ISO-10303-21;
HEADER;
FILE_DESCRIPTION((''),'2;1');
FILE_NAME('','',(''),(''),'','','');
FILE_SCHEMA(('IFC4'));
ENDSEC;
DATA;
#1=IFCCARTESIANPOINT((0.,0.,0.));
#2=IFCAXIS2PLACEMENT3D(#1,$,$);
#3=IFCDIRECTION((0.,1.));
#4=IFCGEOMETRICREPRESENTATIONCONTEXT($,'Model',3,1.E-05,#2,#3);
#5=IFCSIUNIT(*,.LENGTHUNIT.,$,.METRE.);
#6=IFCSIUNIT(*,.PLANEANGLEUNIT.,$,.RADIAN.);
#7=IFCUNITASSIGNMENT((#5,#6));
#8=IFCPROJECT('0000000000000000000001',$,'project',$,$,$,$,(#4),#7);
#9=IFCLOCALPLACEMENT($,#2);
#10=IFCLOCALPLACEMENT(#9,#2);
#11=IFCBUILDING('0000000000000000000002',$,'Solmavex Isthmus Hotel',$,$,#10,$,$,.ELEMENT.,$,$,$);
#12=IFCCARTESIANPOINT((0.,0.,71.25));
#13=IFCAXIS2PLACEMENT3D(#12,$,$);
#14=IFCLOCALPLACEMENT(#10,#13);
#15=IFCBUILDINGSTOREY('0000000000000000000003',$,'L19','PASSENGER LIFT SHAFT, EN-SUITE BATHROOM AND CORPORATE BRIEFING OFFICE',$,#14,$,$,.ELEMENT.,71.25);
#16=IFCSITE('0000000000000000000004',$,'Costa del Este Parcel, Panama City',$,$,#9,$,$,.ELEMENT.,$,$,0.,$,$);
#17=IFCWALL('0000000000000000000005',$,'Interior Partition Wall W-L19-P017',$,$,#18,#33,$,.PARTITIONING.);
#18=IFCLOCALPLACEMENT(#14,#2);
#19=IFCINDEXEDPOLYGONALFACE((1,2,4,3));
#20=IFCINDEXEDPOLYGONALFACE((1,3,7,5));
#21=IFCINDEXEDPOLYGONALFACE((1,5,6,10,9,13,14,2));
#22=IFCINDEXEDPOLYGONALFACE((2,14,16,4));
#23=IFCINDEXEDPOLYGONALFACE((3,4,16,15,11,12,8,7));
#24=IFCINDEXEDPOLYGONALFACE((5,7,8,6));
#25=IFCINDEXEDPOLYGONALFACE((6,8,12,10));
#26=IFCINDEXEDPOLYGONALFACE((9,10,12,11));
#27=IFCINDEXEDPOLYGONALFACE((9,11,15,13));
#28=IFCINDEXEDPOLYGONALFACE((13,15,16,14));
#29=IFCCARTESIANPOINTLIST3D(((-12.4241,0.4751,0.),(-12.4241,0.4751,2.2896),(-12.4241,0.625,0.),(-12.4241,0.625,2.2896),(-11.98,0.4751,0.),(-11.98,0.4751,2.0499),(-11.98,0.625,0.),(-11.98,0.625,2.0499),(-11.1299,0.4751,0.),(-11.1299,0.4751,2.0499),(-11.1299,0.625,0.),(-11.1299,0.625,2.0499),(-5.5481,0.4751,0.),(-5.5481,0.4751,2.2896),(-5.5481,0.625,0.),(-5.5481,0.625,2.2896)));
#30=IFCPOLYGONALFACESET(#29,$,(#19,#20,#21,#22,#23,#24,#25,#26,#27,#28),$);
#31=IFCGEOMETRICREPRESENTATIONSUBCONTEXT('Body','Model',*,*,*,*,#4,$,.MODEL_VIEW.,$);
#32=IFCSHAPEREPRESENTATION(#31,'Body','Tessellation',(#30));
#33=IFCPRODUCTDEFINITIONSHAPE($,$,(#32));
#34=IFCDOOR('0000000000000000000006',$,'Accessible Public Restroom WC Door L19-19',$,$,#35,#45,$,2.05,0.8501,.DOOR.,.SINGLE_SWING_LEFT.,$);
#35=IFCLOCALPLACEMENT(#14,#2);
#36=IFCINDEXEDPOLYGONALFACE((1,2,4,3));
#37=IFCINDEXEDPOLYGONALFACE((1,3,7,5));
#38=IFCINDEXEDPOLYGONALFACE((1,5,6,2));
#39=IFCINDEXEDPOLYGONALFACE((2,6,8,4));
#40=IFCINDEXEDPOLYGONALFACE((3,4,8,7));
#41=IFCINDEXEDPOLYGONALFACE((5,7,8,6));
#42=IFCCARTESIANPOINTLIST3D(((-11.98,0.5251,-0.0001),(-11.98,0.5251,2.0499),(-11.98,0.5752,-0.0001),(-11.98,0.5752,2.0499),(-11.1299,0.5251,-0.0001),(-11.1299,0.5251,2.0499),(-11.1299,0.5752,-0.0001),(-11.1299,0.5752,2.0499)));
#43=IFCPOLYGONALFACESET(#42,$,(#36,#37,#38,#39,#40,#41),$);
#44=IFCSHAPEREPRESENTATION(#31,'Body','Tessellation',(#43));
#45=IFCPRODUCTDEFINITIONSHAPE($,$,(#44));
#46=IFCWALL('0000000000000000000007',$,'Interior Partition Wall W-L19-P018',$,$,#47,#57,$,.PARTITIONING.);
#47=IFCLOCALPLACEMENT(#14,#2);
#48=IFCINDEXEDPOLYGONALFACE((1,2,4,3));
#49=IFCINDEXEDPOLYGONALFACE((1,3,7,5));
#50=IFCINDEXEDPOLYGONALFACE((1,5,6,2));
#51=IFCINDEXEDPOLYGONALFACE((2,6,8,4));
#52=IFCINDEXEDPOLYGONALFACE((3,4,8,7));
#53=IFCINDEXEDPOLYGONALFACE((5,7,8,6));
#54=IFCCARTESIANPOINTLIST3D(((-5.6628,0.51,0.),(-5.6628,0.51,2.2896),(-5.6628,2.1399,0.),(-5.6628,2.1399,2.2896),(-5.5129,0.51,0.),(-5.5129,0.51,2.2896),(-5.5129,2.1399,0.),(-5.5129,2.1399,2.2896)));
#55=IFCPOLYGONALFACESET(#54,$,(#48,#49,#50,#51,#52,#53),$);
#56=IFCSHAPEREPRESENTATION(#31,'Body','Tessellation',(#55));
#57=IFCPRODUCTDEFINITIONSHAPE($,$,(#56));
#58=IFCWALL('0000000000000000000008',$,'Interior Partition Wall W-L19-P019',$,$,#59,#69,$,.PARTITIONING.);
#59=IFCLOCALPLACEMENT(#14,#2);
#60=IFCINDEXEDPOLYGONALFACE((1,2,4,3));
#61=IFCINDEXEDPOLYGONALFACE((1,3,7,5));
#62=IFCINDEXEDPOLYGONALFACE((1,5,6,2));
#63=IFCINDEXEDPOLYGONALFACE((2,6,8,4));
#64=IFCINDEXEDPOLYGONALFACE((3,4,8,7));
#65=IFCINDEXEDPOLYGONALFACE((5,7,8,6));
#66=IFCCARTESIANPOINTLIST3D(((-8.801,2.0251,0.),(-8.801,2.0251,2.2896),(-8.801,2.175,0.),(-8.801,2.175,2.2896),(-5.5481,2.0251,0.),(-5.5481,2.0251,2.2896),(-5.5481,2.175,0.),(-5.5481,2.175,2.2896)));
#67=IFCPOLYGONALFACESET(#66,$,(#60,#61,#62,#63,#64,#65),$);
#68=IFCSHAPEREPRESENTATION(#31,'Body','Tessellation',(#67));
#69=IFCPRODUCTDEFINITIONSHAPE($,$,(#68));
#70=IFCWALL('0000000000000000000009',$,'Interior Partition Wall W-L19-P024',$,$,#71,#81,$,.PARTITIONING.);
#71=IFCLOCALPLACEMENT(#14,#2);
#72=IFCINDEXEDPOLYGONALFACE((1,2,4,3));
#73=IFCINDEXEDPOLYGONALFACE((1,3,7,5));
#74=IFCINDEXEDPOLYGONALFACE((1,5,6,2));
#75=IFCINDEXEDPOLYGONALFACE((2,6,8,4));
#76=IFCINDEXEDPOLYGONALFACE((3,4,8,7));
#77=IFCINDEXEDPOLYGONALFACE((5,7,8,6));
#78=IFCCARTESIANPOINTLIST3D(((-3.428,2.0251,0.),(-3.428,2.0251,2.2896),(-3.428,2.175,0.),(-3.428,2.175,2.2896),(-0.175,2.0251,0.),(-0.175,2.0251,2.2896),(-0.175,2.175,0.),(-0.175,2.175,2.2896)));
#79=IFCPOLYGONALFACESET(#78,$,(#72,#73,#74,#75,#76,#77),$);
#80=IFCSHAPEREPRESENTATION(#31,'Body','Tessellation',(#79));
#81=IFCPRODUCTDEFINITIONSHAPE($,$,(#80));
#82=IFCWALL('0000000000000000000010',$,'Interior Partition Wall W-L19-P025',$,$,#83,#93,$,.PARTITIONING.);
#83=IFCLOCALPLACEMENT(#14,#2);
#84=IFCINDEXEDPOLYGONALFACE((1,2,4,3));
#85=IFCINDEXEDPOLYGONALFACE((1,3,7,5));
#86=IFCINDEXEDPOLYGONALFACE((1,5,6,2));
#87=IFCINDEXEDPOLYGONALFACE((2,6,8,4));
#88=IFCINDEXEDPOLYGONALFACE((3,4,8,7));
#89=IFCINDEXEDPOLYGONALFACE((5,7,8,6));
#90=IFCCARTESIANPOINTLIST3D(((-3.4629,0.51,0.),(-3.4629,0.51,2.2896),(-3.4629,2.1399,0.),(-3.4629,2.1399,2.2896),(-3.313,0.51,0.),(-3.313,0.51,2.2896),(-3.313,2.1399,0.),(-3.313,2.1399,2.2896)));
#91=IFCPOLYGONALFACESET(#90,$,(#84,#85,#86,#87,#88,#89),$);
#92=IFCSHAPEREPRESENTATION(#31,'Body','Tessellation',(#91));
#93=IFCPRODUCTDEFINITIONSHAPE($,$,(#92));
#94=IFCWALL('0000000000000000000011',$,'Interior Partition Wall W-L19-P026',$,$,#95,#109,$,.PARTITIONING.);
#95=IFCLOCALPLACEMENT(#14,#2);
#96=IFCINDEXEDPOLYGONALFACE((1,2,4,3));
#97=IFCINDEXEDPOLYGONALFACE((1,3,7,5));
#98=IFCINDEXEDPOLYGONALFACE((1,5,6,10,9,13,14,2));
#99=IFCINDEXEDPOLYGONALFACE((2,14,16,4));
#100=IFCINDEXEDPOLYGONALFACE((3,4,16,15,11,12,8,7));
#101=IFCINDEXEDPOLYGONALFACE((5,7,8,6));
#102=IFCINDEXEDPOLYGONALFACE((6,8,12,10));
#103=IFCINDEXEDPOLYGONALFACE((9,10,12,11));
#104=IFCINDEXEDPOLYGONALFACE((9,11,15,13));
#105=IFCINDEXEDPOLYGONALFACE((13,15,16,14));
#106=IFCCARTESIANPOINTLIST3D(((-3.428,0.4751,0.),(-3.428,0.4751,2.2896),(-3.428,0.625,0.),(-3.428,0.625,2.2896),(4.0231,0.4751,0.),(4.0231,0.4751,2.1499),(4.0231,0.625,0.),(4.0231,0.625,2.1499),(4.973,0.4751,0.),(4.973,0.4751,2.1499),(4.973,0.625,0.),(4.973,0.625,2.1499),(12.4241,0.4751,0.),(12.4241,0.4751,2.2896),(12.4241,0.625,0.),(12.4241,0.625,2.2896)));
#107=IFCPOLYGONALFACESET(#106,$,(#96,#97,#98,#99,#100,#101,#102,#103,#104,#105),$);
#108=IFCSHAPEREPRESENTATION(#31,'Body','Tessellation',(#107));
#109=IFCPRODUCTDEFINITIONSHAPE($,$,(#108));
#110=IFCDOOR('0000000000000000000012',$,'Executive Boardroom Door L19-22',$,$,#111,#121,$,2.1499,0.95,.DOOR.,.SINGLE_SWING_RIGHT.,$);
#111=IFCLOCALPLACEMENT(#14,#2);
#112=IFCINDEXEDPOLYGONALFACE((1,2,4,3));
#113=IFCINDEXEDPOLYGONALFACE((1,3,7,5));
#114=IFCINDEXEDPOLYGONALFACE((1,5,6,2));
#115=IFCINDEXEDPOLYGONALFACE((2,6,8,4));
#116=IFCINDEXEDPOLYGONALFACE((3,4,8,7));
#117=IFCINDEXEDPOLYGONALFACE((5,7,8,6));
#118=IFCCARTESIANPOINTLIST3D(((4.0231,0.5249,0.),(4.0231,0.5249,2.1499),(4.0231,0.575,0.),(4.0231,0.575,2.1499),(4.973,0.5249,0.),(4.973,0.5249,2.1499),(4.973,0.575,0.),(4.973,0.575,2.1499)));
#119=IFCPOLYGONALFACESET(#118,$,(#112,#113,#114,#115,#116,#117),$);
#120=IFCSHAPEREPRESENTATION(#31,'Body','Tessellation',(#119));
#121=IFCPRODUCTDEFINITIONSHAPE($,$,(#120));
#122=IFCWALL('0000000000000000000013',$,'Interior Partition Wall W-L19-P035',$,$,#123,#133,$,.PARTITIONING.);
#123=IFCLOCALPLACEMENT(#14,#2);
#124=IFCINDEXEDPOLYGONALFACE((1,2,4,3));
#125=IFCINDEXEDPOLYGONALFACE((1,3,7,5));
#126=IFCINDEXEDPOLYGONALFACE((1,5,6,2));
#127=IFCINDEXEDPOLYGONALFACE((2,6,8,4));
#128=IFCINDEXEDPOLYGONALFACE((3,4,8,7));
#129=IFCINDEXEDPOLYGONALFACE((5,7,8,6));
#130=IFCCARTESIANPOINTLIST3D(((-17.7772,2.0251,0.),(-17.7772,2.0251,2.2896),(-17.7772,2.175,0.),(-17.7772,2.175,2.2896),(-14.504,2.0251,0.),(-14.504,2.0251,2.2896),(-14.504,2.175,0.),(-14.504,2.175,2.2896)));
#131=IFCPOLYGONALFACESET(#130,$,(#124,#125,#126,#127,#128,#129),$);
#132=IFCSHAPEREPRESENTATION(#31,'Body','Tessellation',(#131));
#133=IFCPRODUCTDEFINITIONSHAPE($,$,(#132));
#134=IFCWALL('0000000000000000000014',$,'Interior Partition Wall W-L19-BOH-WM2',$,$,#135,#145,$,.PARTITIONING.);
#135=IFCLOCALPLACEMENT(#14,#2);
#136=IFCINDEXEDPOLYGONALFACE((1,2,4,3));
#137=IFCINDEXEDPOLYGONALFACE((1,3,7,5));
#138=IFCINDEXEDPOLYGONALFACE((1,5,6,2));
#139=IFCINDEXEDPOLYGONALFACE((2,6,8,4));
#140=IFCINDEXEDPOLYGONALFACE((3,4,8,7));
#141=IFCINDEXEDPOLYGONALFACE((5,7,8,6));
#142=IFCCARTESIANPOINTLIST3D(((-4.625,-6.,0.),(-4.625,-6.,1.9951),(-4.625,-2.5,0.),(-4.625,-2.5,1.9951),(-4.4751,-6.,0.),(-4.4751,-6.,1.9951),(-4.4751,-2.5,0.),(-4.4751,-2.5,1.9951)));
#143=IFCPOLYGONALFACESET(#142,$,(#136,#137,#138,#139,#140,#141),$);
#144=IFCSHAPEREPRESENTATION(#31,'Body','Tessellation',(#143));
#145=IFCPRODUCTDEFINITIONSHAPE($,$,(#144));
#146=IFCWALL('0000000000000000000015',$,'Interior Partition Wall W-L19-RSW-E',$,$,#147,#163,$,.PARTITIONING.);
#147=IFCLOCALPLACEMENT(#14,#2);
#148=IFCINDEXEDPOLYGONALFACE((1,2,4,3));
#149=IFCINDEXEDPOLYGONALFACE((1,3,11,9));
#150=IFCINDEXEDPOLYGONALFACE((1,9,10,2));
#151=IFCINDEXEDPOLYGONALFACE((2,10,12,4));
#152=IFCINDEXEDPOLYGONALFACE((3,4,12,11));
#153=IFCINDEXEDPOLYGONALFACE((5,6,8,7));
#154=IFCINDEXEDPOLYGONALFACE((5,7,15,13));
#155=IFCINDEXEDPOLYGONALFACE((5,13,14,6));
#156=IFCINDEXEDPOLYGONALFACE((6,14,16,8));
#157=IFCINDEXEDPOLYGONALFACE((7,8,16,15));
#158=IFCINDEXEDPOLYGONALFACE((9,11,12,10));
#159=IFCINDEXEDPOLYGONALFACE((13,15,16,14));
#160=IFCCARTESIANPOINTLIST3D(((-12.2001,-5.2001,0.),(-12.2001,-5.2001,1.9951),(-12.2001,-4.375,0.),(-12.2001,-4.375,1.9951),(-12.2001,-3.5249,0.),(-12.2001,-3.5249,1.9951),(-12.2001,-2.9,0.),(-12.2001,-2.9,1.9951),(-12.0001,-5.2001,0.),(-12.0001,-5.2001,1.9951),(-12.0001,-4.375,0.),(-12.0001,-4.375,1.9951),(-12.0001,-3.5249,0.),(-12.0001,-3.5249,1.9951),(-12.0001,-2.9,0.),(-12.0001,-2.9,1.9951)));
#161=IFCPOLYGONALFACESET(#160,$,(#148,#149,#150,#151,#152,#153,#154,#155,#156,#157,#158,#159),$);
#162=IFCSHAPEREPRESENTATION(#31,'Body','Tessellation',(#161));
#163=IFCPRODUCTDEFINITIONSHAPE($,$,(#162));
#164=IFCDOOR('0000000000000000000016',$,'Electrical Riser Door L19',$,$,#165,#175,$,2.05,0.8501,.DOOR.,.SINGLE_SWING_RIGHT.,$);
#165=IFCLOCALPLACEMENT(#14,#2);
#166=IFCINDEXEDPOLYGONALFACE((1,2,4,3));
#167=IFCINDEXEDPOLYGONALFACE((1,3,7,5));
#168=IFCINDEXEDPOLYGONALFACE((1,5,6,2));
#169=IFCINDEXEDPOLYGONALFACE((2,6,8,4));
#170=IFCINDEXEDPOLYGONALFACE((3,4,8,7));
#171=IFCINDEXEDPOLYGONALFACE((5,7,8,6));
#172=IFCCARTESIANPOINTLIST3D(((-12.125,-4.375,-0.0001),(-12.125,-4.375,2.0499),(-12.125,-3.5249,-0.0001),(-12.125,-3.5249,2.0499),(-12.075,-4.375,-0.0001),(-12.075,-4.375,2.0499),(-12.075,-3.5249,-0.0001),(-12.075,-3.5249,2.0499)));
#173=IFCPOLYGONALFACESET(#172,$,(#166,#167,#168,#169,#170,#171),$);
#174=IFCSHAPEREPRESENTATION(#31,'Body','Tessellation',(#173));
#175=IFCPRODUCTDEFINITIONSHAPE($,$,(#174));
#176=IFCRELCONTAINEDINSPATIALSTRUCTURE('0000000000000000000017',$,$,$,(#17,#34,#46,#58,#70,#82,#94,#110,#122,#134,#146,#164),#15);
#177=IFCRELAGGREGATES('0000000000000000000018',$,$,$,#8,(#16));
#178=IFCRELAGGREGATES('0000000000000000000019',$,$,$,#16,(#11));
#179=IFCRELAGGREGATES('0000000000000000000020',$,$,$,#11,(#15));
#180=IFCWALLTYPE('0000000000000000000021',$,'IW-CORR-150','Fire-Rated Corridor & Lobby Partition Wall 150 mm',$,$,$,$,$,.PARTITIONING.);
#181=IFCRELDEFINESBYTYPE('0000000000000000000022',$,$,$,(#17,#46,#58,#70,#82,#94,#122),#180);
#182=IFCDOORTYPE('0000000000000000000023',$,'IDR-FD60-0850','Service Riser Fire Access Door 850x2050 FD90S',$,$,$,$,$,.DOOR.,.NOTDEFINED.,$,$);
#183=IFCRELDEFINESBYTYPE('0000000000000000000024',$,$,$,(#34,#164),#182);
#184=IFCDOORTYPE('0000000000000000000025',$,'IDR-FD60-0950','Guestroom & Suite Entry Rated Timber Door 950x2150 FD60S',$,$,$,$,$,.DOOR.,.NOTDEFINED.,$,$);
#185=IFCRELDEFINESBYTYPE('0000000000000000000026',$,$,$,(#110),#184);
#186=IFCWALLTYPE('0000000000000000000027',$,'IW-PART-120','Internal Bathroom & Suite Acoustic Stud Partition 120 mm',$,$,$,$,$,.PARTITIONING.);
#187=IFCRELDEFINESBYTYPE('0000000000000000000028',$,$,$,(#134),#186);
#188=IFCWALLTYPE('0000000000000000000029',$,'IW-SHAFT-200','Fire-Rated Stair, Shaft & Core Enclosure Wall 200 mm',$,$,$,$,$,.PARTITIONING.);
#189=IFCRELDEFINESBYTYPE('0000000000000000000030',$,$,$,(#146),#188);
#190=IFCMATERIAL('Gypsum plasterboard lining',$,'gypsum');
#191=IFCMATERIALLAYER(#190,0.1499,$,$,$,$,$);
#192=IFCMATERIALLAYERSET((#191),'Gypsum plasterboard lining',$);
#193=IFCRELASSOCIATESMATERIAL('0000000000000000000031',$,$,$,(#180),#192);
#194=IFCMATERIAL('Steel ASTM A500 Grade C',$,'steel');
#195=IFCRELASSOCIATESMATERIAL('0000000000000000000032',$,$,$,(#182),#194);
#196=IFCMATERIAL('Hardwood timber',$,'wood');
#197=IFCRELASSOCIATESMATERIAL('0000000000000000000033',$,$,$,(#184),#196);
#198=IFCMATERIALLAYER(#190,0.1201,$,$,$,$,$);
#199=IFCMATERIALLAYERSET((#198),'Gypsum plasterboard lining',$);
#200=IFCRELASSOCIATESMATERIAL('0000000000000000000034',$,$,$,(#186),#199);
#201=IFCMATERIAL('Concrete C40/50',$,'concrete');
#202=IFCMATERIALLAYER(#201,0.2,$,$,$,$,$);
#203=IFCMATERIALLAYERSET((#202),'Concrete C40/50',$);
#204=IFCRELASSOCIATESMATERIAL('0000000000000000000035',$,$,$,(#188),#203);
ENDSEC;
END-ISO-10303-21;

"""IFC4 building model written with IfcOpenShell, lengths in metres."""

from ifc_helpers import new_model, si_unit, direction, frame, frame_2d, origin, place, context, subcontext, project, spatial, rectangle, extrude, material, layer, layer_set, type_object, element, fill, save


model = new_model("IFC4")

# Units and contexts
model_context = context("Model", 3, precision=1e-05, world=origin(), true_north=direction((0.0, 1.0)))
body_context = subcontext(model_context, "Body", "Model", "MODEL_VIEW")
ifc_project = project(units=[si_unit("LENGTHUNIT", "METRE"), si_unit("PLANEANGLEUNIT", "RADIAN")], contexts=[model_context])

# Site, building, storey
site_placement = place(None, origin())
site = spatial("IfcSite", under=ifc_project, at=site_placement, Name="Costa del Este Parcel, Panama City", CompositionType="ELEMENT", RefElevation=0.0)
building_placement = place(site_placement, origin())
building = spatial("IfcBuilding", under=site, at=building_placement, Name="Solmavex Isthmus Hotel", CompositionType="ELEMENT")
storey_placement = place(building_placement, frame((0.0, 0.0, 71.25)))
storey = spatial("IfcBuildingStorey", under=building, at=storey_placement, Name="L19", Description="PASSENGER LIFT SHAFT, EN-SUITE BATHROOM AND CORPORATE BRIEFING OFFICE", CompositionType="ELEMENT", Elevation=71.25)

# Shared definitions
ifc_material_1 = material(Name="Gypsum plasterboard lining", Category="gypsum")
ifc_layer_1 = layer(ifc_material_1, 0.1499)
ifc_layer_set_1 = layer_set([ifc_layer_1], Name="Gypsum plasterboard lining")
wall_type_1 = type_object("IfcWallType", Name="IW-CORR-150", Description="Fire-Rated Corridor & Lobby Partition Wall 150 mm", PredefinedType="PARTITIONING", material=ifc_layer_set_1)

# Wall, opening, door
wall_1_placement = place(storey_placement, frame((-12.4241, 0.55, 0.0), z_axis=(0.0, 0.0, 1.0), x_axis=(1.0, 0.0, 0.0)))
wall_1 = element("IfcWall", 1, at=wall_1_placement, inside=storey, type_object=wall_type_1, Name="Interior Partition Wall W-L19-P017", PredefinedType="PARTITIONING", context=body_context, shape_type="SweptSolid", body=[
    extrude(rectangle(XDim=6.876, YDim=0.1499, at=frame_2d((3.438, 0.0))), origin(), (0.0, 0.0, 1.0), 2.2896),
])
opening_1_placement = place(wall_1_placement, frame((0.4441, 0.0, 0.0)))
opening_1 = element("IfcOpeningElement", 2, at=opening_1_placement, cuts=wall_1, PredefinedType="OPENING", context=body_context, shape_type="SweptSolid", body=[
    extrude(rectangle(XDim=0.8501, YDim=2.05, at=frame_2d((0.425, 1.0249))), frame((0.0, 0.085, 0.0), z_axis=(0.0, -1.0, 0.0), x_axis=(1.0, 0.0, 0.0)), (0.0, 0.0, 1.0), 0.1699),
])
ifc_material_2 = material(Name="Steel ASTM A500 Grade C", Category="steel")
door_type_1 = type_object("IfcDoorType", Name="IDR-FD60-0850", Description="Service Riser Fire Access Door 850x2050 FD90S", OperationType="NOTDEFINED", PredefinedType="DOOR", material=ifc_material_2)
door_1_placement = place(opening_1_placement, frame((0.8501, 0.0, 0.0), z_axis=(0.0, 0.0, 1.0), x_axis=(-1.0, 0.0, 0.0)))
door_1 = element("IfcDoor", 3, at=door_1_placement, inside=storey, type_object=door_type_1, Name="Accessible Public Restroom WC Door L19-19", OperationType="SINGLE_SWING_LEFT", OverallHeight=2.05, OverallWidth=0.8501, PredefinedType="DOOR", context=body_context, shape_type="SweptSolid", body=[
    extrude(rectangle(XDim=0.8501, YDim=2.05, at=frame_2d((0.425, 1.0249))), frame((0.0, 0.0249, 0.0), z_axis=(0.0, -1.0, 0.0), x_axis=(1.0, 0.0, 0.0)), (0.0, 0.0, 1.0), 0.05),
])
fill(opening_1, door_1)

# Walls
wall_2_placement = place(storey_placement, frame((-5.5879, 0.51, 0.0), z_axis=(0.0, 0.0, 1.0), x_axis=(0.0, 1.0, 0.0)))
element("IfcWall", 4, at=wall_2_placement, inside=storey, type_object=wall_type_1, Name="Interior Partition Wall W-L19-P018", PredefinedType="PARTITIONING", context=body_context, shape_type="SweptSolid", body=[
    extrude(rectangle(XDim=1.6299, YDim=0.1499, at=frame_2d((0.8149, 0.0))), origin(), (0.0, 0.0, 1.0), 2.2896),
])
for number, where, z_axis, x_axis, name in (
    (5, (-5.5481, 2.1001, 0.0), (0.0, 0.0, 1.0), (-1.0, 0.0, 0.0), "Interior Partition Wall W-L19-P019"),
    (6, (-0.175, 2.1001, 0.0), (0.0, 0.0, 1.0), (-1.0, 0.0, 0.0), "Interior Partition Wall W-L19-P024"),
):
    element("IfcWall", number, at=place(storey_placement, frame(where, z_axis=z_axis, x_axis=x_axis)), inside=storey, type_object=wall_type_1, Name=name, PredefinedType="PARTITIONING", context=body_context, shape_type="SweptSolid", body=[
        extrude(rectangle(XDim=3.2529, YDim=0.1499, at=frame_2d((1.6265, 0.0))), origin(), (0.0, 0.0, 1.0), 2.2896),
    ])
wall_3_placement = place(storey_placement, frame((-3.3879, 2.1399, 0.0), z_axis=(0.0, 0.0, 1.0), x_axis=(0.0, -1.0, 0.0)))
element("IfcWall", 7, at=wall_3_placement, inside=storey, type_object=wall_type_1, Name="Interior Partition Wall W-L19-P025", PredefinedType="PARTITIONING", context=body_context, shape_type="SweptSolid", body=[
    extrude(rectangle(XDim=1.6299, YDim=0.1499, at=frame_2d((0.8149, 0.0))), origin(), (0.0, 0.0, 1.0), 2.2896),
])

# Wall, opening, door
wall_4_placement = place(storey_placement, frame((-3.428, 0.55, 0.0), z_axis=(0.0, 0.0, 1.0), x_axis=(1.0, 0.0, 0.0)))
wall_4 = element("IfcWall", 8, at=wall_4_placement, inside=storey, type_object=wall_type_1, Name="Interior Partition Wall W-L19-P026", PredefinedType="PARTITIONING", context=body_context, shape_type="SweptSolid", body=[
    extrude(rectangle(XDim=15.8521, YDim=0.1499, at=frame_2d((7.926, 0.0))), origin(), (0.0, 0.0, 1.0), 2.2896),
])
opening_2_placement = place(wall_4_placement, frame((7.4509, 0.0, 0.0)))
opening_2 = element("IfcOpeningElement", 9, at=opening_2_placement, cuts=wall_4, PredefinedType="OPENING", context=body_context, shape_type="SweptSolid", body=[
    extrude(rectangle(XDim=0.95, YDim=2.1499, at=frame_2d((0.4751, 1.075))), frame((0.0, 0.085, 0.0), z_axis=(0.0, -1.0, 0.0), x_axis=(1.0, 0.0, 0.0)), (0.0, 0.0, 1.0), 0.1699),
])
ifc_material_3 = material(Name="Hardwood timber", Category="wood")
door_type_2 = type_object("IfcDoorType", Name="IDR-FD60-0950", Description="Guestroom & Suite Entry Rated Timber Door 950x2150 FD60S", OperationType="NOTDEFINED", PredefinedType="DOOR", material=ifc_material_3)
door_2_placement = place(opening_2_placement, origin())
door_2 = element("IfcDoor", 10, at=door_2_placement, inside=storey, type_object=door_type_2, Name="Executive Boardroom Door L19-22", OperationType="SINGLE_SWING_RIGHT", OverallHeight=2.1499, OverallWidth=0.95, PredefinedType="DOOR", context=body_context, shape_type="SweptSolid", body=[
    extrude(rectangle(XDim=0.95, YDim=2.1499, at=frame_2d((0.4751, 1.075))), frame((0.0, 0.0249, 0.0), z_axis=(0.0, -1.0, 0.0), x_axis=(1.0, 0.0, 0.0)), (0.0, 0.0, 1.0), 0.05),
])
fill(opening_2, door_2)

# Walls
wall_5_placement = place(storey_placement, frame((-14.5039, 2.1001, 0.0), z_axis=(0.0, 0.0, 1.0), x_axis=(-1.0, 0.0, 0.0)))
element("IfcWall", 11, at=wall_5_placement, inside=storey, type_object=wall_type_1, Name="Interior Partition Wall W-L19-P035", PredefinedType="PARTITIONING", context=body_context, shape_type="SweptSolid", body=[
    extrude(rectangle(XDim=3.2732, YDim=0.1499, at=frame_2d((1.6367, 0.0))), origin(), (0.0, 0.0, 1.0), 2.2896),
])
ifc_layer_2 = layer(ifc_material_1, 0.1201)
ifc_layer_set_2 = layer_set([ifc_layer_2], Name="Gypsum plasterboard lining")
wall_type_2 = type_object("IfcWallType", Name="IW-PART-120", Description="Internal Bathroom & Suite Acoustic Stud Partition 120 mm", PredefinedType="PARTITIONING", material=ifc_layer_set_2)
wall_6_placement = place(storey_placement, frame((-4.55, -6.0, 0.0), z_axis=(0.0, 0.0, 1.0), x_axis=(0.0, 1.0, 0.0)))
element("IfcWall", 12, at=wall_6_placement, inside=storey, type_object=wall_type_2, Name="Interior Partition Wall W-L19-BOH-WM2", PredefinedType="PARTITIONING", context=body_context, shape_type="SweptSolid", body=[
    extrude(rectangle(XDim=3.5, YDim=0.1499, at=frame_2d((1.75, 0.0))), origin(), (0.0, 0.0, 1.0), 1.9951),
])

# Wall, opening, door
ifc_material_4 = material(Name="Concrete C40/50", Category="concrete")
ifc_layer_3 = layer(ifc_material_4, 0.2)
ifc_layer_set_3 = layer_set([ifc_layer_3], Name="Concrete C40/50")
wall_type_3 = type_object("IfcWallType", Name="IW-SHAFT-200", Description="Fire-Rated Stair, Shaft & Core Enclosure Wall 200 mm", PredefinedType="PARTITIONING", material=ifc_layer_set_3)
wall_7_placement = place(storey_placement, frame((-12.1001, -5.2, 0.0), z_axis=(0.0, 0.0, 1.0), x_axis=(0.0, 1.0, 0.0)))
wall_7 = element("IfcWall", 13, at=wall_7_placement, inside=storey, type_object=wall_type_3, Name="Interior Partition Wall W-L19-RSW-E", PredefinedType="PARTITIONING", context=body_context, shape_type="SweptSolid", body=[
    extrude(rectangle(XDim=2.3, YDim=0.2, at=frame_2d((1.1499, 0.0))), origin(), (0.0, 0.0, 1.0), 1.9951),
])
opening_3_placement = place(wall_7_placement, frame((0.825, 0.0, 0.0)))
opening_3 = element("IfcOpeningElement", 14, at=opening_3_placement, cuts=wall_7, PredefinedType="OPENING", context=body_context, shape_type="SweptSolid", body=[
    extrude(rectangle(XDim=0.8501, YDim=2.05, at=frame_2d((0.425, 1.0249))), frame((0.0, 0.1099, 0.0), z_axis=(0.0, -1.0, 0.0), x_axis=(1.0, 0.0, 0.0)), (0.0, 0.0, 1.0), 0.22),
])
door_3_placement = place(opening_3_placement, origin())
door_3 = element("IfcDoor", 15, at=door_3_placement, inside=storey, type_object=door_type_1, Name="Electrical Riser Door L19", OperationType="SINGLE_SWING_RIGHT", OverallHeight=2.05, OverallWidth=0.8501, PredefinedType="DOOR", context=body_context, shape_type="SweptSolid", body=[
    extrude(rectangle(XDim=0.8501, YDim=2.05, at=frame_2d((0.425, 1.0249))), frame((0.0, 0.0249, 0.0), z_axis=(0.0, -1.0, 0.0), x_axis=(1.0, 0.0, 0.0)), (0.0, 0.0, 1.0), 0.05),
])
fill(opening_3, door_3)

save(model, "model.ifc")
